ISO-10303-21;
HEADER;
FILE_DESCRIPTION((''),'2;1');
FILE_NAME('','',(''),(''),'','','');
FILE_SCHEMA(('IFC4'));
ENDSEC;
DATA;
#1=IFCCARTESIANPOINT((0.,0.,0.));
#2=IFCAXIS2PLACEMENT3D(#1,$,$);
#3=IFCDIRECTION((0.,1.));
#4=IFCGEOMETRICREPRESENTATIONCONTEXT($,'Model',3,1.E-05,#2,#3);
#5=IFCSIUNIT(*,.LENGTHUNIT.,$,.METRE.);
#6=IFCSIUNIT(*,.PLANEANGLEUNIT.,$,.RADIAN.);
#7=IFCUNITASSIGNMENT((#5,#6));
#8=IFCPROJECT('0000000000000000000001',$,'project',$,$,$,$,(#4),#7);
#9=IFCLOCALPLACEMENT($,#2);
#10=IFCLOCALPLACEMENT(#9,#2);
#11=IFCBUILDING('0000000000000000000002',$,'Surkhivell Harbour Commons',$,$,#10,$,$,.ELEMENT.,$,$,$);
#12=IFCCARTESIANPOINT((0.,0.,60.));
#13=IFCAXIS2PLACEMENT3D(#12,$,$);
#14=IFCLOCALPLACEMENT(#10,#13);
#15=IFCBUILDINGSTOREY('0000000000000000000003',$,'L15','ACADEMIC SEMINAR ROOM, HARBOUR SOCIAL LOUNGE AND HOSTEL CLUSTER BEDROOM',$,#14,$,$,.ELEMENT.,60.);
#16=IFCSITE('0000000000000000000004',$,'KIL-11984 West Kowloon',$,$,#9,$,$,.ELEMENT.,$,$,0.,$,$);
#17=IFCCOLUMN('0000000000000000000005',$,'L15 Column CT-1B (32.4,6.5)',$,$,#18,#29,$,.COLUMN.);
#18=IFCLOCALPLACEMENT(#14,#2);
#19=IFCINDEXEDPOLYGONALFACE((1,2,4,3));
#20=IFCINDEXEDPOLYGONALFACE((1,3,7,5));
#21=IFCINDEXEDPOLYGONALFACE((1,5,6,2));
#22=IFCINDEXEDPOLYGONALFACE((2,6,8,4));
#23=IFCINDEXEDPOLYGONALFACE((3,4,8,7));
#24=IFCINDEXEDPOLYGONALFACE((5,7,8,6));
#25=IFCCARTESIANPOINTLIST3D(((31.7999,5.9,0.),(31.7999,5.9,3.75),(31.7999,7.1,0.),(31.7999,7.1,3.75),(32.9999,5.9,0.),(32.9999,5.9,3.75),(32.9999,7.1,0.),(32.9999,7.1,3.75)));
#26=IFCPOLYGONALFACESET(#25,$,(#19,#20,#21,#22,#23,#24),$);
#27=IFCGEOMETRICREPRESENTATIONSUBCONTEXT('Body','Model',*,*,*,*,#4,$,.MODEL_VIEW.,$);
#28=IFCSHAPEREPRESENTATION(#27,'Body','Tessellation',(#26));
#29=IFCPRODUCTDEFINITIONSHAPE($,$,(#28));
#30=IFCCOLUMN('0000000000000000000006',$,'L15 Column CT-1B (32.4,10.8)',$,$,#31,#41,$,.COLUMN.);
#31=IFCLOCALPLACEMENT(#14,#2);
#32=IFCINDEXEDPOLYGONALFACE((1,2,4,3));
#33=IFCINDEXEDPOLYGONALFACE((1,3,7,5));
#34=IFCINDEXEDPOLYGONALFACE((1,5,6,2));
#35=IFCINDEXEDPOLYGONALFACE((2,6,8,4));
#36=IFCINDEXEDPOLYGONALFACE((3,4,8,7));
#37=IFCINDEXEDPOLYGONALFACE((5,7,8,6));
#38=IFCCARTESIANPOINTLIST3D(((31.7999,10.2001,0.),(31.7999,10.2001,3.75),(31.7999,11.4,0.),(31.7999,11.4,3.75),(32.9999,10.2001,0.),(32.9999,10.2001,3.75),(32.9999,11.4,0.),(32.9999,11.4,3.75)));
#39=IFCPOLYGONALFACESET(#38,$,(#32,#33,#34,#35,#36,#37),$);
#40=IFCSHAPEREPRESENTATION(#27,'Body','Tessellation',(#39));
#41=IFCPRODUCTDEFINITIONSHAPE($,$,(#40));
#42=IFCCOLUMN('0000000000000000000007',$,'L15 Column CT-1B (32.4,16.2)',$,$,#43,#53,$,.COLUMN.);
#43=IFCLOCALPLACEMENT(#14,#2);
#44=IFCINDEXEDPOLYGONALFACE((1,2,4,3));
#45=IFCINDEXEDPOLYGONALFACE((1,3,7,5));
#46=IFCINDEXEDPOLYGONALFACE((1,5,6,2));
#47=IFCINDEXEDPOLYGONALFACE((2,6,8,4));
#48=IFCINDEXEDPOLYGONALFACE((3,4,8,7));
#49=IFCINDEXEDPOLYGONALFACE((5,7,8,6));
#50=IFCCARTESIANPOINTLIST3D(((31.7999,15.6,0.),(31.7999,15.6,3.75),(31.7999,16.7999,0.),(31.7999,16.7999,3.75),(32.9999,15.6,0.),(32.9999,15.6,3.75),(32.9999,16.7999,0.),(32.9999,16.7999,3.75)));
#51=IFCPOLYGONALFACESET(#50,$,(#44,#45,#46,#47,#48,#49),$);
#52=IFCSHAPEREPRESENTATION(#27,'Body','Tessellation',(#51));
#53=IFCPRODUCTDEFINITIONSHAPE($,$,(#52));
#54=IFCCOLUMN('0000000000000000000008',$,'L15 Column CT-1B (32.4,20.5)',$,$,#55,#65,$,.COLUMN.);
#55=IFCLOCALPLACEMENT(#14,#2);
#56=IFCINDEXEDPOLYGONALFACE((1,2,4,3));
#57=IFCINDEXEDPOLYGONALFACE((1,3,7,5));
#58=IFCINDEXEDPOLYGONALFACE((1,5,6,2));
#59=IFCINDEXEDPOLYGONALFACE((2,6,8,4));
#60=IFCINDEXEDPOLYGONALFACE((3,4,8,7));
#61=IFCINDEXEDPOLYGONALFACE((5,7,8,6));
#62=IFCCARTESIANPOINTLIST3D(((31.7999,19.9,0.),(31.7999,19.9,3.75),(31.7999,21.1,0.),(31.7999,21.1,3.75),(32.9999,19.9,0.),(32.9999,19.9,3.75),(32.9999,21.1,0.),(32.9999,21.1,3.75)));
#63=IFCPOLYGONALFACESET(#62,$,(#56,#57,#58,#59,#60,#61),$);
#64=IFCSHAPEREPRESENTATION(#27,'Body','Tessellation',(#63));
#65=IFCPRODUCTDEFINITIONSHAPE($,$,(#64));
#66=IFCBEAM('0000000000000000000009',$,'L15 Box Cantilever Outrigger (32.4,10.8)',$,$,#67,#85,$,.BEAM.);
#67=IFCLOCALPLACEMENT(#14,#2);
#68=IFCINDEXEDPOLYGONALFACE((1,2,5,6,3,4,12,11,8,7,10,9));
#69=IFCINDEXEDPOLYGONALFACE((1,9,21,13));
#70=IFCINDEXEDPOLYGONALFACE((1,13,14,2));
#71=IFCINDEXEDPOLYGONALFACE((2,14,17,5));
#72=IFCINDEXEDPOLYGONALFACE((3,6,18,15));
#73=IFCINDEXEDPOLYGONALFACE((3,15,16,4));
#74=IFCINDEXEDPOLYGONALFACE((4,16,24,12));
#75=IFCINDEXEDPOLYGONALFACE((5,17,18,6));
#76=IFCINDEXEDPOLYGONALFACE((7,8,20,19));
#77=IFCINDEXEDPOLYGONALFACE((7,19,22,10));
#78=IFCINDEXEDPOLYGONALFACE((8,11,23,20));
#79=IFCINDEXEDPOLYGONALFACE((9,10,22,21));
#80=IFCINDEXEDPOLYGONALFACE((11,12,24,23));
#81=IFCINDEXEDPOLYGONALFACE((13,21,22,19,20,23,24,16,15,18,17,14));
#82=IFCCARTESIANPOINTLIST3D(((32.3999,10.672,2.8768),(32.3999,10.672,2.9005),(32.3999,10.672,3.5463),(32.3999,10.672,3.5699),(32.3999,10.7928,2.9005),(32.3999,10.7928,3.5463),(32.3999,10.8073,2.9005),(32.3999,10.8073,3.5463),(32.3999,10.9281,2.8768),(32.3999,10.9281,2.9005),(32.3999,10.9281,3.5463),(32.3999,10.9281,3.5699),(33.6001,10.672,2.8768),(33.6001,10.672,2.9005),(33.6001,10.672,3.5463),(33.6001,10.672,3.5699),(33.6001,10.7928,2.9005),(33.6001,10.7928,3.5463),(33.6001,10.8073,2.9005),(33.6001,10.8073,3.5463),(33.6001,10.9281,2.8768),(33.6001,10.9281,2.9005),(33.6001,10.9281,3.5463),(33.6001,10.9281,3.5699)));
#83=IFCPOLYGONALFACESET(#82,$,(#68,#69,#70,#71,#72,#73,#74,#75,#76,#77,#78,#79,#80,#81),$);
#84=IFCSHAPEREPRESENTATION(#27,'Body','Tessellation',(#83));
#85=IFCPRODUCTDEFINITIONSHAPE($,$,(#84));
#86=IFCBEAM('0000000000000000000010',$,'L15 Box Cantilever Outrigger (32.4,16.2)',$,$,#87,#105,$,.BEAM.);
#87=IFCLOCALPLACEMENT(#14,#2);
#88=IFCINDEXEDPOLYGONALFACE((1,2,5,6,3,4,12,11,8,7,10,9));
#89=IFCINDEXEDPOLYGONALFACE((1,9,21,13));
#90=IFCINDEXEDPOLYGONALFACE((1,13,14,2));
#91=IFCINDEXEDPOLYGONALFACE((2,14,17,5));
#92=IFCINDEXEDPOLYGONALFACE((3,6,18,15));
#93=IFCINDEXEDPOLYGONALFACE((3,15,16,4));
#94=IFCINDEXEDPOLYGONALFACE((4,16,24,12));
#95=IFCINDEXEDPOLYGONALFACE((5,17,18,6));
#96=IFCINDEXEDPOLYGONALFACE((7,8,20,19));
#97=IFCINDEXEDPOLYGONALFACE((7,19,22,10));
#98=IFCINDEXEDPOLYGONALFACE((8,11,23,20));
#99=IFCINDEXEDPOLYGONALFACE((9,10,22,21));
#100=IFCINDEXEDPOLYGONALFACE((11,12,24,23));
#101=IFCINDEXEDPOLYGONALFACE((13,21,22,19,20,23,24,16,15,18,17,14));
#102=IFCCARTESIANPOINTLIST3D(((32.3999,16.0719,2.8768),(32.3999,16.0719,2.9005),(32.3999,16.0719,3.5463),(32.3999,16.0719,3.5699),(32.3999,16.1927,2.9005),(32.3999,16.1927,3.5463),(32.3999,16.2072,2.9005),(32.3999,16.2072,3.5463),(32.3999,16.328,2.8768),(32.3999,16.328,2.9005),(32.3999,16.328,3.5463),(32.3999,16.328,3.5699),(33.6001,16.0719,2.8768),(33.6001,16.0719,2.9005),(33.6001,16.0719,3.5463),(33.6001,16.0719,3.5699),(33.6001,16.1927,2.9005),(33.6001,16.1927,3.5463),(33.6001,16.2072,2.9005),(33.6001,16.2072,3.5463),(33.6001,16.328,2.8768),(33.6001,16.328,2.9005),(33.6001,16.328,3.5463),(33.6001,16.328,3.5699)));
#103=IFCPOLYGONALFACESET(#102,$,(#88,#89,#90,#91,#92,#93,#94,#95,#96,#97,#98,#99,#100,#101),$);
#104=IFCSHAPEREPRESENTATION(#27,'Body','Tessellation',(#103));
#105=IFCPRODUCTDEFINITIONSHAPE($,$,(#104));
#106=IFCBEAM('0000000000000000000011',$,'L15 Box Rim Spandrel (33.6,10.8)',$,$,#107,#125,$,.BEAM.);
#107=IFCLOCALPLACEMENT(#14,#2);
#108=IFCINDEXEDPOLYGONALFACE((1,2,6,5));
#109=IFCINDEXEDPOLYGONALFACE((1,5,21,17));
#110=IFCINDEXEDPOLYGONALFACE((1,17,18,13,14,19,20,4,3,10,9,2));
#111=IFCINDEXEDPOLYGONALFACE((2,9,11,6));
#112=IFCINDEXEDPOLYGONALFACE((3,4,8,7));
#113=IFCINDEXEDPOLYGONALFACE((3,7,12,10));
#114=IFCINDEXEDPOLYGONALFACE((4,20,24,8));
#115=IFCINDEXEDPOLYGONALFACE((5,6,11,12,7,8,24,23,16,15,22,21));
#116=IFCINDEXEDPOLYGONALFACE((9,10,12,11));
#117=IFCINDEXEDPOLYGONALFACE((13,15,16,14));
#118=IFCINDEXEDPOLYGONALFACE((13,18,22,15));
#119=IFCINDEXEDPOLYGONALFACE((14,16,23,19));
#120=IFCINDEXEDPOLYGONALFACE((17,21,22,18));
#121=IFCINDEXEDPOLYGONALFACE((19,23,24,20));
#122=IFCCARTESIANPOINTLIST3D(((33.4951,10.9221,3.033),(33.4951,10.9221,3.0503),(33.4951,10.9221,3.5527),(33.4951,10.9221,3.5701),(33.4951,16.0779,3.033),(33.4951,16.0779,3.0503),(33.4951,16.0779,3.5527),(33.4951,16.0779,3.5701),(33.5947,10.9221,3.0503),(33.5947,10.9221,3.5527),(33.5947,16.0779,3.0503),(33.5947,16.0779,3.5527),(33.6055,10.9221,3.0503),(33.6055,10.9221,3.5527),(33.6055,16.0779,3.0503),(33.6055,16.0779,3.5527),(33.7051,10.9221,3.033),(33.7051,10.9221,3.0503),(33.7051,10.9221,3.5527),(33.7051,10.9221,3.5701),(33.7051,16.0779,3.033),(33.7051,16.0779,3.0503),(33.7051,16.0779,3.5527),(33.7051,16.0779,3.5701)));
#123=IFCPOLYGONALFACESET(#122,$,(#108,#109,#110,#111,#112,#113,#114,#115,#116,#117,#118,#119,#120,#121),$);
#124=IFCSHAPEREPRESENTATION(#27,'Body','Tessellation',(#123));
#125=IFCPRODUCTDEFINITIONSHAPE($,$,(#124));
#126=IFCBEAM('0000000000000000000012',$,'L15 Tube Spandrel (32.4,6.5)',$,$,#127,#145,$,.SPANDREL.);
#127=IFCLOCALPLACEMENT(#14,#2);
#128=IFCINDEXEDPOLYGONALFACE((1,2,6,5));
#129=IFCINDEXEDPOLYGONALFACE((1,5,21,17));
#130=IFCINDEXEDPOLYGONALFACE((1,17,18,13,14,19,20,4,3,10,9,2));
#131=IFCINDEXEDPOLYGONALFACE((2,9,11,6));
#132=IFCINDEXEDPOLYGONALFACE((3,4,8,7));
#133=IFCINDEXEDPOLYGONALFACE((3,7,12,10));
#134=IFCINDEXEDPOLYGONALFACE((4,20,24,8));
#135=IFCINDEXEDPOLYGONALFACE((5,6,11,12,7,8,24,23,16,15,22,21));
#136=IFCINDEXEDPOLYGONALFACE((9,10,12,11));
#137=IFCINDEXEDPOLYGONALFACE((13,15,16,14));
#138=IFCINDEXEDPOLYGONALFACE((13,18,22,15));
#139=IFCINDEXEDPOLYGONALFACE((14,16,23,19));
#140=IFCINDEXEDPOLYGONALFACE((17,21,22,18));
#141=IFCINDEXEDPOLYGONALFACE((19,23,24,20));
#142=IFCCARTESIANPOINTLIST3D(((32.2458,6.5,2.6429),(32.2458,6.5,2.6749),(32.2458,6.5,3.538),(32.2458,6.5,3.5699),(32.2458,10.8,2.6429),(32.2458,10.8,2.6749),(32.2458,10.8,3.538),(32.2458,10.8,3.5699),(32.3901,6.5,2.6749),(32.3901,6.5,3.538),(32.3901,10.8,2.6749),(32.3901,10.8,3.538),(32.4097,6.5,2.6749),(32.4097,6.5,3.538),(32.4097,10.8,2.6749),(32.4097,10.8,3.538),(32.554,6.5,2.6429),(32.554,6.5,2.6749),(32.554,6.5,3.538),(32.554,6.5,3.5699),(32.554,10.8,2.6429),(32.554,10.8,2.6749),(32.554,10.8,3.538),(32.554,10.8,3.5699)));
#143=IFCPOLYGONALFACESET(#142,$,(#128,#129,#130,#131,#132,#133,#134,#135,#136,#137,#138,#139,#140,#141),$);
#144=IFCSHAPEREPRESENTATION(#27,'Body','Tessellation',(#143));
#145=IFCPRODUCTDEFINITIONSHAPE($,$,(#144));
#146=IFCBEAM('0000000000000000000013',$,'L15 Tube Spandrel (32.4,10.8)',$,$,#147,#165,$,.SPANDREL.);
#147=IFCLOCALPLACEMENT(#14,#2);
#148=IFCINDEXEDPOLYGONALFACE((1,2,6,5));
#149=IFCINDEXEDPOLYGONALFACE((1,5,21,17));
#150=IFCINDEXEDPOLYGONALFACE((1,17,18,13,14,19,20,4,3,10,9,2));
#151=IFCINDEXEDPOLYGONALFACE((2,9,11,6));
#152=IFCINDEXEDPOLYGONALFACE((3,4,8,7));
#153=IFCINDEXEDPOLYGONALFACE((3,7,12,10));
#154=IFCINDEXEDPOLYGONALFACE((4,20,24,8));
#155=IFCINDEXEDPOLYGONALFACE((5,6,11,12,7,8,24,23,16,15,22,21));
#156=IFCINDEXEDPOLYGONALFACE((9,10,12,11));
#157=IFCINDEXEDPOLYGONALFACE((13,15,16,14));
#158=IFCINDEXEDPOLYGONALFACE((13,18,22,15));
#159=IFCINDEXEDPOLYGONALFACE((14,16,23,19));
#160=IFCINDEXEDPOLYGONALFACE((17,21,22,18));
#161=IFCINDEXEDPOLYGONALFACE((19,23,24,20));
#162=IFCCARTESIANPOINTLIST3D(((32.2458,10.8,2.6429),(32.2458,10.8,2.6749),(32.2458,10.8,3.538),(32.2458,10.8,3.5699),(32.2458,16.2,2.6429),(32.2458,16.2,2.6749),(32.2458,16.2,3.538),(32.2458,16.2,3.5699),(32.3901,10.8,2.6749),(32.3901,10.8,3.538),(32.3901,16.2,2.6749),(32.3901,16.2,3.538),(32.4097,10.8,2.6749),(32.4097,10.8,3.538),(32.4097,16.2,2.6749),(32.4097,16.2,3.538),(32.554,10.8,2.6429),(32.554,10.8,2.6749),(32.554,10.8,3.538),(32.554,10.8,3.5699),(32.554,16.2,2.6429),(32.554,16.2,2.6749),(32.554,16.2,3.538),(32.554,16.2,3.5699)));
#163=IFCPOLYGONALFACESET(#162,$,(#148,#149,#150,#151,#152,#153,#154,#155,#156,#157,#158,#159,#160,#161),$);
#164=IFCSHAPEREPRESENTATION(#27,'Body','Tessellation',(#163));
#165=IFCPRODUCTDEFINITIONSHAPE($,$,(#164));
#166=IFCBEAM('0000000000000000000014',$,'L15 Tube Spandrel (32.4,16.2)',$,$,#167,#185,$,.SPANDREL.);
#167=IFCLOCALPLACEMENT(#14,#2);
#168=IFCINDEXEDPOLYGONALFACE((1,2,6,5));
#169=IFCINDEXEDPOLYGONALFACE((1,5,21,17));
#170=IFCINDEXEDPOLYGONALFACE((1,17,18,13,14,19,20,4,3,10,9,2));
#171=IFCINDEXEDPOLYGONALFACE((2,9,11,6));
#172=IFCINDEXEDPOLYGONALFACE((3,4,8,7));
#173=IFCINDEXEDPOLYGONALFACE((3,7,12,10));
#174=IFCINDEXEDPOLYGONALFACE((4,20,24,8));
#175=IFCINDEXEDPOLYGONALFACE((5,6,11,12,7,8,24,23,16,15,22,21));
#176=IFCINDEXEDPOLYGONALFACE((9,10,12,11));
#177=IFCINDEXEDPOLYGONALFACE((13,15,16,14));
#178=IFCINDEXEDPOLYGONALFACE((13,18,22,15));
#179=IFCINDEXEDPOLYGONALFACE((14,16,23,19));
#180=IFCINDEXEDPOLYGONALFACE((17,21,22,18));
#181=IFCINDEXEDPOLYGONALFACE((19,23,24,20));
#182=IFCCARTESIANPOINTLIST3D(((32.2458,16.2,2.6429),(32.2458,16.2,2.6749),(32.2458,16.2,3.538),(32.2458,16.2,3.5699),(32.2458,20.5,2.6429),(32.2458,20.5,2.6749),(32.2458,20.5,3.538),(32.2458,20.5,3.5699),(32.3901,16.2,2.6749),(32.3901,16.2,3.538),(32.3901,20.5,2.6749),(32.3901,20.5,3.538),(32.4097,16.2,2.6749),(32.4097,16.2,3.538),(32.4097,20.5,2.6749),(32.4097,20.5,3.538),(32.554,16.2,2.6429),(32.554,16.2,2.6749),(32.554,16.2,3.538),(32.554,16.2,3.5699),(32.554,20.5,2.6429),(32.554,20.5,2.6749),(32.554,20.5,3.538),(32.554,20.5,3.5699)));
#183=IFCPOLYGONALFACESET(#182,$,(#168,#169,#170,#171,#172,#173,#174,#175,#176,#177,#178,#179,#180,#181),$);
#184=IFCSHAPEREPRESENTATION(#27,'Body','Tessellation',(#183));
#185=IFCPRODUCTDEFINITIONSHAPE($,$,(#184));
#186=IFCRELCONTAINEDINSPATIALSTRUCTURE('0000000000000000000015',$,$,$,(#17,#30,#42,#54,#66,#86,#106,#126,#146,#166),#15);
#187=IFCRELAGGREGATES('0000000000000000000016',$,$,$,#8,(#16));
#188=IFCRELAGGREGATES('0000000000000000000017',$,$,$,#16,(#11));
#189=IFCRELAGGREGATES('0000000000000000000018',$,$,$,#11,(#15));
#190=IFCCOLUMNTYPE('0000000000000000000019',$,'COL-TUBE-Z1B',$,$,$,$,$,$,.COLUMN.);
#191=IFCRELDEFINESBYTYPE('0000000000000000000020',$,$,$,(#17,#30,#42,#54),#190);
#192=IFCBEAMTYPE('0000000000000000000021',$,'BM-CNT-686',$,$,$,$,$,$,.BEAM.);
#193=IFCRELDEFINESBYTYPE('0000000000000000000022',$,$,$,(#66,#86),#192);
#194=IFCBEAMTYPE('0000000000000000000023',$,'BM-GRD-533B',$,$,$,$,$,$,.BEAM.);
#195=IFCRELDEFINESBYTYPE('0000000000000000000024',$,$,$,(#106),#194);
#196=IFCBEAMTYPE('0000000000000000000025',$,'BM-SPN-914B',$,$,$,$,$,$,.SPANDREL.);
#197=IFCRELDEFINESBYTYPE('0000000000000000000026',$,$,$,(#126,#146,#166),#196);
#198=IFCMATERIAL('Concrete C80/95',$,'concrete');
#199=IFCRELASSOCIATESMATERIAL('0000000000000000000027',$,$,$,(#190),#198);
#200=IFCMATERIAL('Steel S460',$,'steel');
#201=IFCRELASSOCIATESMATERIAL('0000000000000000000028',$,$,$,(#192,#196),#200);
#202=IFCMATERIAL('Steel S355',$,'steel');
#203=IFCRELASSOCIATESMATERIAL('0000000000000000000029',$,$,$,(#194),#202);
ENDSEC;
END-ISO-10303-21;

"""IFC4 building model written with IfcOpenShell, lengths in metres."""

from ifc_helpers import new_model, si_unit, direction, frame, origin, origin_2d, place, context, subcontext, project, spatial, rectangle, i_section, extrude, material, material_profile, profile_set, type_object, element, save


model = new_model("IFC4")

# Units and contexts
model_context = context("Model", 3, precision=1e-05, world=origin(), true_north=direction((0.0, 1.0)))
body_context = subcontext(model_context, "Body", "Model", "MODEL_VIEW")
ifc_project = project(units=[si_unit("LENGTHUNIT", "METRE"), si_unit("PLANEANGLEUNIT", "RADIAN")], contexts=[model_context])

# Site, building, storey
site_placement = place(None, origin())
site = spatial("IfcSite", under=ifc_project, at=site_placement, Name="KIL-11984 West Kowloon", CompositionType="ELEMENT", RefElevation=0.0)
building_placement = place(site_placement, origin())
building = spatial("IfcBuilding", under=site, at=building_placement, Name="Surkhivell Harbour Commons", CompositionType="ELEMENT")
storey_placement = place(building_placement, frame((0.0, 0.0, 60.0)))
storey = spatial("IfcBuildingStorey", under=building, at=storey_placement, Name="L15", Description="ACADEMIC SEMINAR ROOM, HARBOUR SOCIAL LOUNGE AND HOSTEL CLUSTER BEDROOM", CompositionType="ELEMENT", Elevation=60.0)

# Columns
ifc_material_1 = material(Name="Concrete C80/95", Category="concrete")
ifc_material_profile_1 = material_profile(ifc_material_1, rectangle(XDim=1.2, YDim=1.2, at=origin_2d()), Name="RC-COL-1200x1200")
ifc_profile_set_1 = profile_set([ifc_material_profile_1], Name="Concrete C80/95")
column_type = type_object("IfcColumnType", Name="COL-TUBE-Z1B", PredefinedType="COLUMN", material=ifc_profile_set_1)
for number, where, z_axis, x_axis, name in (
    (1, (32.3999, 6.5, 0.0), (0.0, 0.0, 1.0), (1.0, 0.0, 0.0), "L15 Column CT-1B (32.4,6.5)"),
    (2, (32.3999, 10.8, 0.0), (0.0, 0.0, 1.0), (1.0, 0.0, 0.0), "L15 Column CT-1B (32.4,10.8)"),
    (3, (32.3999, 16.2, 0.0), (0.0, 0.0, 1.0), (1.0, 0.0, 0.0), "L15 Column CT-1B (32.4,16.2)"),
    (4, (32.3999, 20.5, 0.0), (0.0, 0.0, 1.0), (1.0, 0.0, 0.0), "L15 Column CT-1B (32.4,20.5)"),
):
    element("IfcColumn", number, at=place(storey_placement, frame(where, z_axis=z_axis, x_axis=x_axis)), inside=storey, type_object=column_type, Name=name, PredefinedType="COLUMN", context=body_context, shape_type="SweptSolid", body=[
        extrude(rectangle(XDim=1.2, YDim=1.2, at=origin_2d()), origin(), (0.0, 0.0, 1.0), 3.75),
    ])

# Beams
ifc_material_2 = material(Name="Steel S460", Category="steel")
ifc_material_profile_2 = material_profile(ifc_material_2, i_section(OverallWidth=0.2561, OverallDepth=0.6931, WebThickness=0.0144, FlangeThickness=0.0237, at=origin_2d()), Name="UB686x254x170")
ifc_profile_set_2 = profile_set([ifc_material_profile_2], Name="Steel S460")
beam_type_1 = type_object("IfcBeamType", Name="BM-CNT-686", PredefinedType="BEAM", material=ifc_profile_set_2)
for number, where, z_axis, x_axis, name in (
    (5, (32.3999, 10.8, 3.2234), (1.0, 0.0, 0.0), (0.0, 1.0, 0.0), "L15 Box Cantilever Outrigger (32.4,10.8)"),
    (6, (32.3999, 16.2, 3.2234), (1.0, 0.0, 0.0), (0.0, 1.0, 0.0), "L15 Box Cantilever Outrigger (32.4,16.2)"),
):
    element("IfcBeam", number, at=place(storey_placement, frame(where, z_axis=z_axis, x_axis=x_axis)), inside=storey, type_object=beam_type_1, Name=name, PredefinedType="BEAM", context=body_context, shape_type="SweptSolid", body=[
        extrude(i_section(OverallWidth=0.2561, OverallDepth=0.6931, WebThickness=0.0144, FlangeThickness=0.0237, at=origin_2d()), origin(), (0.0, 0.0, 1.0), 1.2002),
    ])
ifc_material_3 = material(Name="Steel S355", Category="steel")
ifc_material_profile_3 = material_profile(ifc_material_3, i_section(OverallWidth=0.21, OverallDepth=0.5371, WebThickness=0.0107, FlangeThickness=0.0173, at=origin_2d()), Name="UB533x210x101")
ifc_profile_set_3 = profile_set([ifc_material_profile_3], Name="Steel S355")
beam_type_2 = type_object("IfcBeamType", Name="BM-GRD-533B", PredefinedType="BEAM", material=ifc_profile_set_3)
beam_1_placement = place(storey_placement, frame((33.6001, 10.9221, 3.3015), z_axis=(0.0, 1.0, 0.0), x_axis=(-1.0, 0.0, 0.0)))
element("IfcBeam", 7, at=beam_1_placement, inside=storey, type_object=beam_type_2, Name="L15 Box Rim Spandrel (33.6,10.8)", PredefinedType="BEAM", context=body_context, shape_type="SweptSolid", body=[
    extrude(i_section(OverallWidth=0.21, OverallDepth=0.5371, WebThickness=0.0107, FlangeThickness=0.0173, at=origin_2d()), origin(), (0.0, 0.0, 1.0), 5.1558),
])
ifc_material_profile_4 = material_profile(ifc_material_2, i_section(OverallWidth=0.3081, OverallDepth=0.927, WebThickness=0.0195, FlangeThickness=0.032, at=origin_2d()), Name="UB914x305x289")
ifc_profile_set_4 = profile_set([ifc_material_profile_4], Name="Steel S460")
beam_type_3 = type_object("IfcBeamType", Name="BM-SPN-914B", PredefinedType="SPANDREL", material=ifc_profile_set_4)
beam_2_placement = place(storey_placement, frame((32.3999, 6.5, 3.1064), z_axis=(0.0, 1.0, 0.0), x_axis=(-1.0, 0.0, 0.0)))
element("IfcBeam", 8, at=beam_2_placement, inside=storey, type_object=beam_type_3, Name="L15 Tube Spandrel (32.4,6.5)", PredefinedType="SPANDREL", context=body_context, shape_type="SweptSolid", body=[
    extrude(i_section(OverallWidth=0.3081, OverallDepth=0.927, WebThickness=0.0195, FlangeThickness=0.032, at=origin_2d()), origin(), (0.0, 0.0, 1.0), 4.3),
])
beam_3_placement = place(storey_placement, frame((32.3999, 10.8, 3.1064), z_axis=(0.0, 1.0, 0.0), x_axis=(-1.0, 0.0, 0.0)))
element("IfcBeam", 9, at=beam_3_placement, inside=storey, type_object=beam_type_3, Name="L15 Tube Spandrel (32.4,10.8)", PredefinedType="SPANDREL", context=body_context, shape_type="SweptSolid", body=[
    extrude(i_section(OverallWidth=0.3081, OverallDepth=0.927, WebThickness=0.0195, FlangeThickness=0.032, at=origin_2d()), origin(), (0.0, 0.0, 1.0), 5.3999),
])
beam_4_placement = place(storey_placement, frame((32.3999, 16.2, 3.1064), z_axis=(0.0, 1.0, 0.0), x_axis=(-1.0, 0.0, 0.0)))
element("IfcBeam", 10, at=beam_4_placement, inside=storey, type_object=beam_type_3, Name="L15 Tube Spandrel (32.4,16.2)", PredefinedType="SPANDREL", context=body_context, shape_type="SweptSolid", body=[
    extrude(i_section(OverallWidth=0.3081, OverallDepth=0.927, WebThickness=0.0195, FlangeThickness=0.032, at=origin_2d()), origin(), (0.0, 0.0, 1.0), 4.3),
])

save(model, "model.ifc")
